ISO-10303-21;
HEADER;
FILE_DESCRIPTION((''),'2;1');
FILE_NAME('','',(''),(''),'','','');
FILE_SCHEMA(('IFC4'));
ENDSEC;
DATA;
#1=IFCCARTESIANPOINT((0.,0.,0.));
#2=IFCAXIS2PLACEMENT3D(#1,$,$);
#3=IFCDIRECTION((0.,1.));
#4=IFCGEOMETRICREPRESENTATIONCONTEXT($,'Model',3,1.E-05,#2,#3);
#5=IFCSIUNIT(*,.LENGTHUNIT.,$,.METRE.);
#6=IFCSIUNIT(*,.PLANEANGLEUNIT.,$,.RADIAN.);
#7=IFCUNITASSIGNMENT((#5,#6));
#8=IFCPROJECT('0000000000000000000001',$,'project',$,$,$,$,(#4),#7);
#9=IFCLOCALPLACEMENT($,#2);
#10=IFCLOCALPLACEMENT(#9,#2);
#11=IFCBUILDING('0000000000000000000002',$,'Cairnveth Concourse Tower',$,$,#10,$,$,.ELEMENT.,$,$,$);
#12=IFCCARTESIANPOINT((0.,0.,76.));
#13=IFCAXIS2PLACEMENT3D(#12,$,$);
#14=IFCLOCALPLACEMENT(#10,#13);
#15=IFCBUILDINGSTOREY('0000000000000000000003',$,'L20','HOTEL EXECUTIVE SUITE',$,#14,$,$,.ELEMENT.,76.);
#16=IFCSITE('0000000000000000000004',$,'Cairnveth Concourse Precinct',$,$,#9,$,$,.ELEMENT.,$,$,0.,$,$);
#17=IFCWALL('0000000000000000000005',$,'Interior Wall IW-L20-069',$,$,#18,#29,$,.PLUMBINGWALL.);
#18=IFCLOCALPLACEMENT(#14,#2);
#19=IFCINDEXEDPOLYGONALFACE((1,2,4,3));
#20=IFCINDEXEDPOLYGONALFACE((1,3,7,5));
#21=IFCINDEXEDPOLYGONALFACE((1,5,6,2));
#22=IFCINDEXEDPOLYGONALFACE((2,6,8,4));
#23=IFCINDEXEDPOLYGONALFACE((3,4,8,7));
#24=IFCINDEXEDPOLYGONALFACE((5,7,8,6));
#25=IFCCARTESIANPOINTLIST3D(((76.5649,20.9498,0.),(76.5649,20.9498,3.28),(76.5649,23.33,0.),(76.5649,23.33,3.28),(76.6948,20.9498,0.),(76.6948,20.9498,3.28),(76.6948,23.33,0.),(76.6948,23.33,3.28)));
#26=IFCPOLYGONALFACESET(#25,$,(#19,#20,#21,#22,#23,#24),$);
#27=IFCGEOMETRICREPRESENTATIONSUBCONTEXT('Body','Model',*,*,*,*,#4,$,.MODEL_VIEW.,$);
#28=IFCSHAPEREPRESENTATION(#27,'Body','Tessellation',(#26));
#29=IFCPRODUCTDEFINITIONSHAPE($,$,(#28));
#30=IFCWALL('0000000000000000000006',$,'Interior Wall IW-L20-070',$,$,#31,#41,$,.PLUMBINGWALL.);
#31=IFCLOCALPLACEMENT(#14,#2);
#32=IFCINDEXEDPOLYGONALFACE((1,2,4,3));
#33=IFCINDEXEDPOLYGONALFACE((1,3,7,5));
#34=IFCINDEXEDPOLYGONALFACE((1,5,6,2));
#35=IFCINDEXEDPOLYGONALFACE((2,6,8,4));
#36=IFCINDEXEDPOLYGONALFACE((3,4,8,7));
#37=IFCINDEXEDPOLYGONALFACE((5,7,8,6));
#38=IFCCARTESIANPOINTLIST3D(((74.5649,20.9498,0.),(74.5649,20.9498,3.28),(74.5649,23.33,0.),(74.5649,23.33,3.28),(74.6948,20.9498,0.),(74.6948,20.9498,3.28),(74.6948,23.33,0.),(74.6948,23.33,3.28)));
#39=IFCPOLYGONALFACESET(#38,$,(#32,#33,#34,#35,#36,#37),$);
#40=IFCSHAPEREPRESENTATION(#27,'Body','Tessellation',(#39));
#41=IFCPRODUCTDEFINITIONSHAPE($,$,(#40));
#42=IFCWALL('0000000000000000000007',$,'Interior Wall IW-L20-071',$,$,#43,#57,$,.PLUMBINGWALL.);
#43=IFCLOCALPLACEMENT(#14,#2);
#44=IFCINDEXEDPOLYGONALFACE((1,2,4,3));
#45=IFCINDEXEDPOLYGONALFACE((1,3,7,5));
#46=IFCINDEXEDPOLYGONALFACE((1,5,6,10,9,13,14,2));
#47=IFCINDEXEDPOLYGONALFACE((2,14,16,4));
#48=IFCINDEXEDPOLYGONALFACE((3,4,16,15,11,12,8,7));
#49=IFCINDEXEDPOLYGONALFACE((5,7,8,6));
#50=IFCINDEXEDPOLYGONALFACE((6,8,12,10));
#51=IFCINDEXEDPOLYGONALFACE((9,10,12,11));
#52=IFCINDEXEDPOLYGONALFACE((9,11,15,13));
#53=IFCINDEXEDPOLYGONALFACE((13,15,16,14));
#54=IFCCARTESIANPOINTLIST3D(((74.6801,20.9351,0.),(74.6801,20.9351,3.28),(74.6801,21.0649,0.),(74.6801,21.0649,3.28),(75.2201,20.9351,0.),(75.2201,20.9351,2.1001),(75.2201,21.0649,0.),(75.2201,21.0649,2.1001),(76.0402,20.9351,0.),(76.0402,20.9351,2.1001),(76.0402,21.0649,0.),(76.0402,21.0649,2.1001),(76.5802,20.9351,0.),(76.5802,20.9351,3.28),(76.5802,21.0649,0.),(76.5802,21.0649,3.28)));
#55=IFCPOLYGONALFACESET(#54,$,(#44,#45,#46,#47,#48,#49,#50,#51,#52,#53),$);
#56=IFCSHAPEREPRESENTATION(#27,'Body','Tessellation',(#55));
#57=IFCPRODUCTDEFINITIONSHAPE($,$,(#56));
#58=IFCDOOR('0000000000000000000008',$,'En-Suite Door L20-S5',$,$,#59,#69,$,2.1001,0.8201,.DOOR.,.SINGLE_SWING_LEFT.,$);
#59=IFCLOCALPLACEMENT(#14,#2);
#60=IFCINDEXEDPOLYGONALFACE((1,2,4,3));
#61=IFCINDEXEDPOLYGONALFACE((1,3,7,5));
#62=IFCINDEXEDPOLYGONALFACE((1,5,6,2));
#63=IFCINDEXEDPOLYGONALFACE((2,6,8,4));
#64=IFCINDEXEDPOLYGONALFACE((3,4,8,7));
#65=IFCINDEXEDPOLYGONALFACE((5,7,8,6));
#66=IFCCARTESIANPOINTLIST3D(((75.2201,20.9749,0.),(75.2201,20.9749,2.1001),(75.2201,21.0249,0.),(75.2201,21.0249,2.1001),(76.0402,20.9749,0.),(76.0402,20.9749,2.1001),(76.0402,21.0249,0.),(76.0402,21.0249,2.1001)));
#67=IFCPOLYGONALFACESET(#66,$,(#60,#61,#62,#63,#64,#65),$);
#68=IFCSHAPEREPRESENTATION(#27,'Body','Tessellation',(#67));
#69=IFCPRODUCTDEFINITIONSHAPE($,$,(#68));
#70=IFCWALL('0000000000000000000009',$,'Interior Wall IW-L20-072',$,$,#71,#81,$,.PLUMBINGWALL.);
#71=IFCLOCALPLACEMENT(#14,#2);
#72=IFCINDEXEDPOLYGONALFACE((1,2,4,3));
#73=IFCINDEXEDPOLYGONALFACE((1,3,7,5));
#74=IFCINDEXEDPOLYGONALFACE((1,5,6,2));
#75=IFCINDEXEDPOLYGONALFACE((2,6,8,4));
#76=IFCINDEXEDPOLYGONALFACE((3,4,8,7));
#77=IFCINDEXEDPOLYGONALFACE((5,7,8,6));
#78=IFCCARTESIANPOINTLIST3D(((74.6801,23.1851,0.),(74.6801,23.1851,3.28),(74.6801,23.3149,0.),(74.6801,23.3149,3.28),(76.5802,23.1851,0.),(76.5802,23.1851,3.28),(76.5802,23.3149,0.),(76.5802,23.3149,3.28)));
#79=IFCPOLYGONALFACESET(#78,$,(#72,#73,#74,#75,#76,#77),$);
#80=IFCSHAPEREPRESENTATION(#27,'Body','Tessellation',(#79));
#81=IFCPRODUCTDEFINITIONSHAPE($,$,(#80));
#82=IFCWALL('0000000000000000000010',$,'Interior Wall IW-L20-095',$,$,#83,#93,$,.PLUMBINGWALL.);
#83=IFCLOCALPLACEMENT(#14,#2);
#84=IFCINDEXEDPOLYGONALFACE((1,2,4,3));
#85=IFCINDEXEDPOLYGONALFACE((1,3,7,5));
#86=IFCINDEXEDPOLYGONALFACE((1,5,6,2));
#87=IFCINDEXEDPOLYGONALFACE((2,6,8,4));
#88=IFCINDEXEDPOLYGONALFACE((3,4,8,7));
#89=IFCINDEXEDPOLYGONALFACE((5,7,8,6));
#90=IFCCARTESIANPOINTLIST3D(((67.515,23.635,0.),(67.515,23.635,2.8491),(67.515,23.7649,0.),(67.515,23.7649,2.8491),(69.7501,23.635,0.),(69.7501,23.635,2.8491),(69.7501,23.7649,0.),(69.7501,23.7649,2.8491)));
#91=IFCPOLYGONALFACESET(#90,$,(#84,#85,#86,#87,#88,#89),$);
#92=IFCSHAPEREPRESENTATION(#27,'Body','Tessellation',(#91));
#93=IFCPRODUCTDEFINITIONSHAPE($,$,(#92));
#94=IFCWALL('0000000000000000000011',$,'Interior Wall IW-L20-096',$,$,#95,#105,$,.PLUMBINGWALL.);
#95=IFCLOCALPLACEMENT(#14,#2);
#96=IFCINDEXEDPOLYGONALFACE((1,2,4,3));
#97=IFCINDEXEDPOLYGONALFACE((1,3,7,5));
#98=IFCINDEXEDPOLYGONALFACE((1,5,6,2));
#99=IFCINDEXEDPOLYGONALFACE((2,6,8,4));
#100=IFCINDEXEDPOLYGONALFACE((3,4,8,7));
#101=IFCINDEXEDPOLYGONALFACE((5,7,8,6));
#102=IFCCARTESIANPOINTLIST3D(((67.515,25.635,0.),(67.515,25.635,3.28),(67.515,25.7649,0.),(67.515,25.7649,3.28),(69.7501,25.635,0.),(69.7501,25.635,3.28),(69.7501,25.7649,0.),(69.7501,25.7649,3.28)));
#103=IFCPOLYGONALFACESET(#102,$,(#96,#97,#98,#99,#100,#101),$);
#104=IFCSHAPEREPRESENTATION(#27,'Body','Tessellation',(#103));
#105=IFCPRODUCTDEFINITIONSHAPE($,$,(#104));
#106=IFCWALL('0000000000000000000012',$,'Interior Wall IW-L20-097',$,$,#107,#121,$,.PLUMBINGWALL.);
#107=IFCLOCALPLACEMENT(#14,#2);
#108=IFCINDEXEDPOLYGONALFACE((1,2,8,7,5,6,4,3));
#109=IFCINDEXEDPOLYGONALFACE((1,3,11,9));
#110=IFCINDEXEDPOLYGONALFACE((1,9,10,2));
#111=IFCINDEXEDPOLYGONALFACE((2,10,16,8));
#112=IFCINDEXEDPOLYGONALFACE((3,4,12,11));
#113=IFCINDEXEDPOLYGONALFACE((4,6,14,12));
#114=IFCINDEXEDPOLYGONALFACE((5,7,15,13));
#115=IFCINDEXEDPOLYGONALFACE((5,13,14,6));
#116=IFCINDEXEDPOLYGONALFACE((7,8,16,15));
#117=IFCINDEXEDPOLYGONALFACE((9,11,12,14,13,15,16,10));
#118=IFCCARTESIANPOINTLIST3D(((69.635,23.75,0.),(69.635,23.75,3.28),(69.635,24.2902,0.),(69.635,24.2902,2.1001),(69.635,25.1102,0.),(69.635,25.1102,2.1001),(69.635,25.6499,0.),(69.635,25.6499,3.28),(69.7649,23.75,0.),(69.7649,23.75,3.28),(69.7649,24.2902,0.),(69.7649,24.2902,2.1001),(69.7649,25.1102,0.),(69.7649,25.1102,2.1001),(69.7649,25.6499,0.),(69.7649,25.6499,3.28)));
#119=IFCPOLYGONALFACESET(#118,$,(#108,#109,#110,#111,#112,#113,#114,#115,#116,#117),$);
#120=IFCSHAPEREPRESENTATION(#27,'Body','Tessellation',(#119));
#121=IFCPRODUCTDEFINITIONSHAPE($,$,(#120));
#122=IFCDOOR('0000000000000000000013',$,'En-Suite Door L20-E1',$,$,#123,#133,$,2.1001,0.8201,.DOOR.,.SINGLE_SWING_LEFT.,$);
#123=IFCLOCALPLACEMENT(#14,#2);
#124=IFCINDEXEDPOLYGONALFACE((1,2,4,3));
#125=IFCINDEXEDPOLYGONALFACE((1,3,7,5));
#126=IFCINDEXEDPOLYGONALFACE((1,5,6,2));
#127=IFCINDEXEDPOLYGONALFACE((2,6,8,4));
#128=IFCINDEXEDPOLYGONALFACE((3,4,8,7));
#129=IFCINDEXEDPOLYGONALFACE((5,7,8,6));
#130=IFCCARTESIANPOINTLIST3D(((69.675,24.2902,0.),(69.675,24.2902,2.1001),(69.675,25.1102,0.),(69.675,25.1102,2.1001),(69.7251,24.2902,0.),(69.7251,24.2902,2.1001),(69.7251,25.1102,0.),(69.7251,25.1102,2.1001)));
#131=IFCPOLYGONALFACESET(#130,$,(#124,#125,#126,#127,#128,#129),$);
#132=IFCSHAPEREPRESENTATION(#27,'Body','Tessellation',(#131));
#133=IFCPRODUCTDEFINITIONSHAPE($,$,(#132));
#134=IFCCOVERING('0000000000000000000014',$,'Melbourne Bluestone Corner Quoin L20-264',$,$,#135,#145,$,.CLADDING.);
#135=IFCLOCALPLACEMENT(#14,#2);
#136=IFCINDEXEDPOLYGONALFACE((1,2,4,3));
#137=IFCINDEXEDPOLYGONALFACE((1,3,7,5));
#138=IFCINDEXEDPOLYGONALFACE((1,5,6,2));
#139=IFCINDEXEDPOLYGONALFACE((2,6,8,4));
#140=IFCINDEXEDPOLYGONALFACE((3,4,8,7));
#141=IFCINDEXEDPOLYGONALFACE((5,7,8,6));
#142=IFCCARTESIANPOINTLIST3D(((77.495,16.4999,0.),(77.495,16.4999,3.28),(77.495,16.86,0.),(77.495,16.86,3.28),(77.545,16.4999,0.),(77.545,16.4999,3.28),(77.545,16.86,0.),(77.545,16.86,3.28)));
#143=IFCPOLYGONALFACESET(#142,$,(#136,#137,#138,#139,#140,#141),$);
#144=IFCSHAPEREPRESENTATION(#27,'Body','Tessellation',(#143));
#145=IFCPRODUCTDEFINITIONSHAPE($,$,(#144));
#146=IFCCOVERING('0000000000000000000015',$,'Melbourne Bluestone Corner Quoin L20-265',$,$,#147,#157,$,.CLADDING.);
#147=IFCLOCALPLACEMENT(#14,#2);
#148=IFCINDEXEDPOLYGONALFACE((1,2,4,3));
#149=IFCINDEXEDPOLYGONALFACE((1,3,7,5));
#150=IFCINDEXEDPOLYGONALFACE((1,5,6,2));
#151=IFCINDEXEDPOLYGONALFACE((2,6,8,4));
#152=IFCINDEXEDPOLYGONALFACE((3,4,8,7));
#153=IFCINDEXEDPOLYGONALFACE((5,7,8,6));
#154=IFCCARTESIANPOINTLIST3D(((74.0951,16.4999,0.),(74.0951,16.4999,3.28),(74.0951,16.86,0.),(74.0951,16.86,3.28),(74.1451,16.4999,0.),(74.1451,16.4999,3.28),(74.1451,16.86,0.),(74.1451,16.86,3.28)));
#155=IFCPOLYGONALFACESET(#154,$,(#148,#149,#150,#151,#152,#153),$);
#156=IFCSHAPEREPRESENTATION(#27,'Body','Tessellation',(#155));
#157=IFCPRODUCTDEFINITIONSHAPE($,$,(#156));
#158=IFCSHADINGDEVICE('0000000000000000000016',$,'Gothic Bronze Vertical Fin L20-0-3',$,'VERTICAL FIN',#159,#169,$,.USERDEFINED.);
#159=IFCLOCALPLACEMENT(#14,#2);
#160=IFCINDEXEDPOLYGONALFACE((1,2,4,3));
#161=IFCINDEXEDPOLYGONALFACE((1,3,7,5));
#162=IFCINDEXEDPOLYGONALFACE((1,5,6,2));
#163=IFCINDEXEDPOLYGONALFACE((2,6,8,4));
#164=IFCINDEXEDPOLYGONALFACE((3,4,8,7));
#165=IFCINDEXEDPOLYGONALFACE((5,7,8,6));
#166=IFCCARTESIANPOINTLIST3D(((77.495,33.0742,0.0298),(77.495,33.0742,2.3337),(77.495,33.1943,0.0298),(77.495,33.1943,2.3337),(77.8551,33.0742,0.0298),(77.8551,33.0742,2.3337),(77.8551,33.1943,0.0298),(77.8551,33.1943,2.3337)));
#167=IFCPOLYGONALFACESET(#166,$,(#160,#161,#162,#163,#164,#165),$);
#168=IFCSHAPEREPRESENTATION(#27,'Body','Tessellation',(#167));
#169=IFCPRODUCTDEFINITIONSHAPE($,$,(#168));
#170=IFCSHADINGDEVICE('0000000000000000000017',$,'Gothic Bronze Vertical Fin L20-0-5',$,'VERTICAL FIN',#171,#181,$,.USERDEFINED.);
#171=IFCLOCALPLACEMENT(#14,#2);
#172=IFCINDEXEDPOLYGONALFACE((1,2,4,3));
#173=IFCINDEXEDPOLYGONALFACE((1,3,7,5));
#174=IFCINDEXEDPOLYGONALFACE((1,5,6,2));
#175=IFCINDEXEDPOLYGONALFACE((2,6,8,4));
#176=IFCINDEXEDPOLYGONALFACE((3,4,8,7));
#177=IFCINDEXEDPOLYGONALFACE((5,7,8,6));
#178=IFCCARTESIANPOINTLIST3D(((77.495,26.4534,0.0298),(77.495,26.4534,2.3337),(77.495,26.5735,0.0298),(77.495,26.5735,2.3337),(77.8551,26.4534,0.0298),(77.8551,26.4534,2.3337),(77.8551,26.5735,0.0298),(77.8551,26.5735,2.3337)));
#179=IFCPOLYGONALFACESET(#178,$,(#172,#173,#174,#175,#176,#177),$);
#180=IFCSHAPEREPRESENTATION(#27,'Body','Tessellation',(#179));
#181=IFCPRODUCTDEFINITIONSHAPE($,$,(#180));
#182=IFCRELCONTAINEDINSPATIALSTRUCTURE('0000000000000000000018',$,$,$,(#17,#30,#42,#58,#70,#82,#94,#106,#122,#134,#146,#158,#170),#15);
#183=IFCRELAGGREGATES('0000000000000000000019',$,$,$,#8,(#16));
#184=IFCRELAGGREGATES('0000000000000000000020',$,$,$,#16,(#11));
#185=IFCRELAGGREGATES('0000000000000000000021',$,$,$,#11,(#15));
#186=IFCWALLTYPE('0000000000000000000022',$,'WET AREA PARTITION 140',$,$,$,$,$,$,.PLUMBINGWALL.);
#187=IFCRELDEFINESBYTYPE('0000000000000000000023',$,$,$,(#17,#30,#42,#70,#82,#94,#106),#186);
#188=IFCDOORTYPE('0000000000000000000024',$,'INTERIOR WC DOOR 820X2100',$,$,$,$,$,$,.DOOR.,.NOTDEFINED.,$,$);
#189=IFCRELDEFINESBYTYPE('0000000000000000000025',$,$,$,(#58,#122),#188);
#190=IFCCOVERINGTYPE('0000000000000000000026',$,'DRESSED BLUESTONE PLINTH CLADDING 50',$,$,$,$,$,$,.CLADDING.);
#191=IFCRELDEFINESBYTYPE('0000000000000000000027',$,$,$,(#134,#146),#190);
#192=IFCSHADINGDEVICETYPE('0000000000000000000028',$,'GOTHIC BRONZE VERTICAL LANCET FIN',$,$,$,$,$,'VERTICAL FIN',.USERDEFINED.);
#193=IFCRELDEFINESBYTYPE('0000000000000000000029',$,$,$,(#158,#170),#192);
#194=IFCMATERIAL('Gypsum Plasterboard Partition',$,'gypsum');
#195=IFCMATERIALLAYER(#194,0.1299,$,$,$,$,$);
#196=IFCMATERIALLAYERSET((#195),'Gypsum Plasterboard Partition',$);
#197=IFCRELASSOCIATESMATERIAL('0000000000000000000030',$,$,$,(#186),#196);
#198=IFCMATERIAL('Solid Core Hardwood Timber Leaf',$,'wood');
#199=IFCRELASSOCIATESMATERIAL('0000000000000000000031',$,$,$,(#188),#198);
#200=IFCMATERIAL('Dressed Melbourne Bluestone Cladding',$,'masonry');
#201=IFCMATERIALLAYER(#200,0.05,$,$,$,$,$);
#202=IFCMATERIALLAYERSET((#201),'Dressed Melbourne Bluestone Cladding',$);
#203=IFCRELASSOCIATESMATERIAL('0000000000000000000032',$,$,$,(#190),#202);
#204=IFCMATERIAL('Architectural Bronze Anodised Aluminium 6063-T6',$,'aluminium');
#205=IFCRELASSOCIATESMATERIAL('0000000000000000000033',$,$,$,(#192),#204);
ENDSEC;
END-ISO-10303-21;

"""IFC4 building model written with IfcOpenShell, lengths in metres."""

from ifc_helpers import new_model, si_unit, direction, frame, frame_2d, origin, origin_2d, place, context, subcontext, project, spatial, rectangle, extrude, material, layer, layer_set, type_object, element, fill, save


model = new_model("IFC4")

# Units and contexts
model_context = context("Model", 3, precision=1e-05, world=origin(), true_north=direction((0.0, 1.0)))
body_context = subcontext(model_context, "Body", "Model", "MODEL_VIEW")
ifc_project = project(units=[si_unit("LENGTHUNIT", "METRE"), si_unit("PLANEANGLEUNIT", "RADIAN")], contexts=[model_context])

# Site, building, storey
site_placement = place(None, origin())
site = spatial("IfcSite", under=ifc_project, at=site_placement, Name="Cairnveth Concourse Precinct", CompositionType="ELEMENT", RefElevation=0.0)
building_placement = place(site_placement, origin())
building = spatial("IfcBuilding", under=site, at=building_placement, Name="Cairnveth Concourse Tower", CompositionType="ELEMENT")
storey_placement = place(building_placement, frame((0.0, 0.0, 76.0)))
storey = spatial("IfcBuildingStorey", under=building, at=storey_placement, Name="L20", Description="HOTEL EXECUTIVE SUITE", CompositionType="ELEMENT", Elevation=76.0)

# Shared definitions
ifc_material_1 = material(Name="Gypsum Plasterboard Partition", Category="gypsum")
ifc_material_2 = material(Name="Solid Core Hardwood Timber Leaf", Category="wood")

# Walls
ifc_layer_1 = layer(ifc_material_1, 0.1299)
ifc_layer_set_1 = layer_set([ifc_layer_1], Name="Gypsum Plasterboard Partition")
wall_type_1 = type_object("IfcWallType", Name="WET AREA PARTITION 140", PredefinedType="PLUMBINGWALL", material=ifc_layer_set_1)
for number, where, z_axis, x_axis, name in (
    (1, (76.6299, 20.95, 0.0), (0.0, 0.0, 1.0), (0.0, 1.0, 0.0), "Interior Wall IW-L20-069"),
    (2, (74.6299, 20.95, 0.0), (0.0, 0.0, 1.0), (0.0, 1.0, 0.0), "Interior Wall IW-L20-070"),
):
    element("IfcWall", number, at=place(storey_placement, frame(where, z_axis=z_axis, x_axis=x_axis)), inside=storey, type_object=wall_type_1, Name=name, PredefinedType="PLUMBINGWALL", context=body_context, shape_type="SweptSolid", body=[
        extrude(rectangle(XDim=2.3801, YDim=0.1299, at=frame_2d((1.1899, 0.0))), origin(), (0.0, 0.0, 1.0), 3.28),
    ])

# Wall, opening, door
wall_1_placement = place(storey_placement, frame((74.6799, 21.0, 0.0), z_axis=(0.0, 0.0, 1.0), x_axis=(1.0, 0.0, 0.0)))
wall_1 = element("IfcWall", 3, at=wall_1_placement, inside=storey, type_object=wall_type_1, Name="Interior Wall IW-L20-071", PredefinedType="PLUMBINGWALL", context=body_context, shape_type="SweptSolid", body=[
    extrude(rectangle(XDim=1.9001, YDim=0.1299, at=frame_2d((0.9502, 0.0))), origin(), (0.0, 0.0, 1.0), 3.28),
])
opening_1_placement = place(wall_1_placement, frame((0.54, 0.0, 0.0)))
opening_1 = element("IfcOpeningElement", 4, at=opening_1_placement, cuts=wall_1, PredefinedType="OPENING", context=body_context, shape_type="SweptSolid", body=[
    extrude(rectangle(XDim=0.8201, YDim=2.1001, at=frame_2d((0.4102, 1.05))), frame((0.0, 0.075, 0.0), z_axis=(0.0, -1.0, 0.0), x_axis=(1.0, 0.0, 0.0)), (0.0, 0.0, 1.0), 0.1499),
])
door_type_1 = type_object("IfcDoorType", Name="INTERIOR WC DOOR 820X2100", OperationType="NOTDEFINED", PredefinedType="DOOR", material=ifc_material_2)
door_1_placement = place(opening_1_placement, origin())
door_1 = element("IfcDoor", 5, at=door_1_placement, inside=storey, type_object=door_type_1, Name="En-Suite Door L20-S5", OperationType="SINGLE_SWING_LEFT", OverallHeight=2.1001, OverallWidth=0.8201, PredefinedType="DOOR", context=body_context, shape_type="SweptSolid", body=[
    extrude(rectangle(XDim=0.8201, YDim=2.1001, at=frame_2d((0.4102, 1.05))), frame((0.0, 0.0249, 0.0), z_axis=(0.0, -1.0, 0.0), x_axis=(1.0, 0.0, 0.0)), (0.0, 0.0, 1.0), 0.05),
])
fill(opening_1, door_1)

# Walls
wall_2_placement = place(storey_placement, frame((74.6799, 23.25, 0.0), z_axis=(0.0, 0.0, 1.0), x_axis=(1.0, 0.0, 0.0)))
element("IfcWall", 6, at=wall_2_placement, inside=storey, type_object=wall_type_1, Name="Interior Wall IW-L20-072", PredefinedType="PLUMBINGWALL", context=body_context, shape_type="SweptSolid", body=[
    extrude(rectangle(XDim=1.9001, YDim=0.1299, at=frame_2d((0.9502, 0.0))), origin(), (0.0, 0.0, 1.0), 3.28),
])
wall_3_placement = place(storey_placement, frame((67.5149, 23.7, 0.0), z_axis=(0.0, 0.0, 1.0), x_axis=(1.0, 0.0, 0.0)))
element("IfcWall", 7, at=wall_3_placement, inside=storey, type_object=wall_type_1, Name="Interior Wall IW-L20-095", PredefinedType="PLUMBINGWALL", context=body_context, shape_type="SweptSolid", body=[
    extrude(rectangle(XDim=2.2351, YDim=0.1299, at=frame_2d((1.1177, 0.0))), origin(), (0.0, 0.0, 1.0), 2.8491),
])
wall_4_placement = place(storey_placement, frame((67.5149, 25.7, 0.0), z_axis=(0.0, 0.0, 1.0), x_axis=(1.0, 0.0, 0.0)))
element("IfcWall", 8, at=wall_4_placement, inside=storey, type_object=wall_type_1, Name="Interior Wall IW-L20-096", PredefinedType="PLUMBINGWALL", context=body_context, shape_type="SweptSolid", body=[
    extrude(rectangle(XDim=2.2351, YDim=0.1299, at=frame_2d((1.1177, 0.0))), origin(), (0.0, 0.0, 1.0), 3.28),
])

# Wall, opening, door
wall_5_placement = place(storey_placement, frame((69.7, 23.75, 0.0), z_axis=(0.0, 0.0, 1.0), x_axis=(0.0, 1.0, 0.0)))
wall_5 = element("IfcWall", 9, at=wall_5_placement, inside=storey, type_object=wall_type_1, Name="Interior Wall IW-L20-097", PredefinedType="PLUMBINGWALL", context=body_context, shape_type="SweptSolid", body=[
    extrude(rectangle(XDim=1.8999, YDim=0.1299, at=frame_2d((0.95, 0.0))), origin(), (0.0, 0.0, 1.0), 3.28),
])
opening_2_placement = place(wall_5_placement, frame((0.54, 0.0, 0.0)))
opening_2 = element("IfcOpeningElement", 10, at=opening_2_placement, cuts=wall_5, PredefinedType="OPENING", context=body_context, shape_type="SweptSolid", body=[
    extrude(rectangle(XDim=0.8201, YDim=2.1001, at=frame_2d((0.4102, 1.05))), frame((0.0, 0.075, 0.0), z_axis=(0.0, -1.0, 0.0), x_axis=(1.0, 0.0, 0.0)), (0.0, 0.0, 1.0), 0.1499),
])
door_2_placement = place(opening_2_placement, origin())
door_2 = element("IfcDoor", 11, at=door_2_placement, inside=storey, type_object=door_type_1, Name="En-Suite Door L20-E1", OperationType="SINGLE_SWING_LEFT", OverallHeight=2.1001, OverallWidth=0.8201, PredefinedType="DOOR", context=body_context, shape_type="SweptSolid", body=[
    extrude(rectangle(XDim=0.8201, YDim=2.1001, at=frame_2d((0.4102, 1.05))), frame((0.0, 0.0249, 0.0), z_axis=(0.0, -1.0, 0.0), x_axis=(1.0, 0.0, 0.0)), (0.0, 0.0, 1.0), 0.05),
])
fill(opening_2, door_2)

# Coverings
ifc_material_3 = material(Name="Dressed Melbourne Bluestone Cladding", Category="masonry")
ifc_layer_2 = layer(ifc_material_3, 0.05)
ifc_layer_set_2 = layer_set([ifc_layer_2], Name="Dressed Melbourne Bluestone Cladding")
covering_type = type_object("IfcCoveringType", Name="DRESSED BLUESTONE PLINTH CLADDING 50", PredefinedType="CLADDING", material=ifc_layer_set_2)
for number, where, z_axis, x_axis, name in (
    (12, (77.52, 16.8601, 0.0), (0.0, 0.0, 1.0), (0.0, -1.0, 0.0), "Melbourne Bluestone Corner Quoin L20-264"),
    (13, (74.1201, 16.8601, 0.0), (0.0, 0.0, 1.0), (0.0, -1.0, 0.0), "Melbourne Bluestone Corner Quoin L20-265"),
):
    element("IfcCovering", number, at=place(storey_placement, frame(where, z_axis=z_axis, x_axis=x_axis)), inside=storey, type_object=covering_type, Name=name, PredefinedType="CLADDING", context=body_context, shape_type="SweptSolid", body=[
        extrude(rectangle(XDim=0.3601, YDim=0.05, at=frame_2d((0.1802, 0.0))), origin(), (0.0, 0.0, 1.0), 3.28),
    ])

# Shading devices
ifc_material_4 = material(Name="Architectural Bronze Anodised Aluminium 6063-T6", Category="aluminium")
shading_device_type = type_object("IfcShadingDeviceType", Name="GOTHIC BRONZE VERTICAL LANCET FIN", ElementType="VERTICAL FIN", PredefinedType="USERDEFINED", material=ifc_material_4)
for number, where, z_axis, x_axis, name in (
    (14, (77.675, 33.1343, 0.0298), (0.0, 0.0, 1.0), (0.0, 1.0, 0.0), "Gothic Bronze Vertical Fin L20-0-3"),
    (15, (77.675, 26.5134, 0.0298), (0.0, 0.0, 1.0), (0.0, 1.0, 0.0), "Gothic Bronze Vertical Fin L20-0-5"),
):
    element("IfcShadingDevice", number, at=place(storey_placement, frame(where, z_axis=z_axis, x_axis=x_axis)), inside=storey, type_object=shading_device_type, Name=name, ObjectType="VERTICAL FIN", PredefinedType="USERDEFINED", context=body_context, shape_type="SweptSolid", body=[
        extrude(rectangle(XDim=0.1201, YDim=0.3601, at=origin_2d()), origin(), (0.0, 0.0, 1.0), 2.304),
    ])

save(model, "model.ifc")
